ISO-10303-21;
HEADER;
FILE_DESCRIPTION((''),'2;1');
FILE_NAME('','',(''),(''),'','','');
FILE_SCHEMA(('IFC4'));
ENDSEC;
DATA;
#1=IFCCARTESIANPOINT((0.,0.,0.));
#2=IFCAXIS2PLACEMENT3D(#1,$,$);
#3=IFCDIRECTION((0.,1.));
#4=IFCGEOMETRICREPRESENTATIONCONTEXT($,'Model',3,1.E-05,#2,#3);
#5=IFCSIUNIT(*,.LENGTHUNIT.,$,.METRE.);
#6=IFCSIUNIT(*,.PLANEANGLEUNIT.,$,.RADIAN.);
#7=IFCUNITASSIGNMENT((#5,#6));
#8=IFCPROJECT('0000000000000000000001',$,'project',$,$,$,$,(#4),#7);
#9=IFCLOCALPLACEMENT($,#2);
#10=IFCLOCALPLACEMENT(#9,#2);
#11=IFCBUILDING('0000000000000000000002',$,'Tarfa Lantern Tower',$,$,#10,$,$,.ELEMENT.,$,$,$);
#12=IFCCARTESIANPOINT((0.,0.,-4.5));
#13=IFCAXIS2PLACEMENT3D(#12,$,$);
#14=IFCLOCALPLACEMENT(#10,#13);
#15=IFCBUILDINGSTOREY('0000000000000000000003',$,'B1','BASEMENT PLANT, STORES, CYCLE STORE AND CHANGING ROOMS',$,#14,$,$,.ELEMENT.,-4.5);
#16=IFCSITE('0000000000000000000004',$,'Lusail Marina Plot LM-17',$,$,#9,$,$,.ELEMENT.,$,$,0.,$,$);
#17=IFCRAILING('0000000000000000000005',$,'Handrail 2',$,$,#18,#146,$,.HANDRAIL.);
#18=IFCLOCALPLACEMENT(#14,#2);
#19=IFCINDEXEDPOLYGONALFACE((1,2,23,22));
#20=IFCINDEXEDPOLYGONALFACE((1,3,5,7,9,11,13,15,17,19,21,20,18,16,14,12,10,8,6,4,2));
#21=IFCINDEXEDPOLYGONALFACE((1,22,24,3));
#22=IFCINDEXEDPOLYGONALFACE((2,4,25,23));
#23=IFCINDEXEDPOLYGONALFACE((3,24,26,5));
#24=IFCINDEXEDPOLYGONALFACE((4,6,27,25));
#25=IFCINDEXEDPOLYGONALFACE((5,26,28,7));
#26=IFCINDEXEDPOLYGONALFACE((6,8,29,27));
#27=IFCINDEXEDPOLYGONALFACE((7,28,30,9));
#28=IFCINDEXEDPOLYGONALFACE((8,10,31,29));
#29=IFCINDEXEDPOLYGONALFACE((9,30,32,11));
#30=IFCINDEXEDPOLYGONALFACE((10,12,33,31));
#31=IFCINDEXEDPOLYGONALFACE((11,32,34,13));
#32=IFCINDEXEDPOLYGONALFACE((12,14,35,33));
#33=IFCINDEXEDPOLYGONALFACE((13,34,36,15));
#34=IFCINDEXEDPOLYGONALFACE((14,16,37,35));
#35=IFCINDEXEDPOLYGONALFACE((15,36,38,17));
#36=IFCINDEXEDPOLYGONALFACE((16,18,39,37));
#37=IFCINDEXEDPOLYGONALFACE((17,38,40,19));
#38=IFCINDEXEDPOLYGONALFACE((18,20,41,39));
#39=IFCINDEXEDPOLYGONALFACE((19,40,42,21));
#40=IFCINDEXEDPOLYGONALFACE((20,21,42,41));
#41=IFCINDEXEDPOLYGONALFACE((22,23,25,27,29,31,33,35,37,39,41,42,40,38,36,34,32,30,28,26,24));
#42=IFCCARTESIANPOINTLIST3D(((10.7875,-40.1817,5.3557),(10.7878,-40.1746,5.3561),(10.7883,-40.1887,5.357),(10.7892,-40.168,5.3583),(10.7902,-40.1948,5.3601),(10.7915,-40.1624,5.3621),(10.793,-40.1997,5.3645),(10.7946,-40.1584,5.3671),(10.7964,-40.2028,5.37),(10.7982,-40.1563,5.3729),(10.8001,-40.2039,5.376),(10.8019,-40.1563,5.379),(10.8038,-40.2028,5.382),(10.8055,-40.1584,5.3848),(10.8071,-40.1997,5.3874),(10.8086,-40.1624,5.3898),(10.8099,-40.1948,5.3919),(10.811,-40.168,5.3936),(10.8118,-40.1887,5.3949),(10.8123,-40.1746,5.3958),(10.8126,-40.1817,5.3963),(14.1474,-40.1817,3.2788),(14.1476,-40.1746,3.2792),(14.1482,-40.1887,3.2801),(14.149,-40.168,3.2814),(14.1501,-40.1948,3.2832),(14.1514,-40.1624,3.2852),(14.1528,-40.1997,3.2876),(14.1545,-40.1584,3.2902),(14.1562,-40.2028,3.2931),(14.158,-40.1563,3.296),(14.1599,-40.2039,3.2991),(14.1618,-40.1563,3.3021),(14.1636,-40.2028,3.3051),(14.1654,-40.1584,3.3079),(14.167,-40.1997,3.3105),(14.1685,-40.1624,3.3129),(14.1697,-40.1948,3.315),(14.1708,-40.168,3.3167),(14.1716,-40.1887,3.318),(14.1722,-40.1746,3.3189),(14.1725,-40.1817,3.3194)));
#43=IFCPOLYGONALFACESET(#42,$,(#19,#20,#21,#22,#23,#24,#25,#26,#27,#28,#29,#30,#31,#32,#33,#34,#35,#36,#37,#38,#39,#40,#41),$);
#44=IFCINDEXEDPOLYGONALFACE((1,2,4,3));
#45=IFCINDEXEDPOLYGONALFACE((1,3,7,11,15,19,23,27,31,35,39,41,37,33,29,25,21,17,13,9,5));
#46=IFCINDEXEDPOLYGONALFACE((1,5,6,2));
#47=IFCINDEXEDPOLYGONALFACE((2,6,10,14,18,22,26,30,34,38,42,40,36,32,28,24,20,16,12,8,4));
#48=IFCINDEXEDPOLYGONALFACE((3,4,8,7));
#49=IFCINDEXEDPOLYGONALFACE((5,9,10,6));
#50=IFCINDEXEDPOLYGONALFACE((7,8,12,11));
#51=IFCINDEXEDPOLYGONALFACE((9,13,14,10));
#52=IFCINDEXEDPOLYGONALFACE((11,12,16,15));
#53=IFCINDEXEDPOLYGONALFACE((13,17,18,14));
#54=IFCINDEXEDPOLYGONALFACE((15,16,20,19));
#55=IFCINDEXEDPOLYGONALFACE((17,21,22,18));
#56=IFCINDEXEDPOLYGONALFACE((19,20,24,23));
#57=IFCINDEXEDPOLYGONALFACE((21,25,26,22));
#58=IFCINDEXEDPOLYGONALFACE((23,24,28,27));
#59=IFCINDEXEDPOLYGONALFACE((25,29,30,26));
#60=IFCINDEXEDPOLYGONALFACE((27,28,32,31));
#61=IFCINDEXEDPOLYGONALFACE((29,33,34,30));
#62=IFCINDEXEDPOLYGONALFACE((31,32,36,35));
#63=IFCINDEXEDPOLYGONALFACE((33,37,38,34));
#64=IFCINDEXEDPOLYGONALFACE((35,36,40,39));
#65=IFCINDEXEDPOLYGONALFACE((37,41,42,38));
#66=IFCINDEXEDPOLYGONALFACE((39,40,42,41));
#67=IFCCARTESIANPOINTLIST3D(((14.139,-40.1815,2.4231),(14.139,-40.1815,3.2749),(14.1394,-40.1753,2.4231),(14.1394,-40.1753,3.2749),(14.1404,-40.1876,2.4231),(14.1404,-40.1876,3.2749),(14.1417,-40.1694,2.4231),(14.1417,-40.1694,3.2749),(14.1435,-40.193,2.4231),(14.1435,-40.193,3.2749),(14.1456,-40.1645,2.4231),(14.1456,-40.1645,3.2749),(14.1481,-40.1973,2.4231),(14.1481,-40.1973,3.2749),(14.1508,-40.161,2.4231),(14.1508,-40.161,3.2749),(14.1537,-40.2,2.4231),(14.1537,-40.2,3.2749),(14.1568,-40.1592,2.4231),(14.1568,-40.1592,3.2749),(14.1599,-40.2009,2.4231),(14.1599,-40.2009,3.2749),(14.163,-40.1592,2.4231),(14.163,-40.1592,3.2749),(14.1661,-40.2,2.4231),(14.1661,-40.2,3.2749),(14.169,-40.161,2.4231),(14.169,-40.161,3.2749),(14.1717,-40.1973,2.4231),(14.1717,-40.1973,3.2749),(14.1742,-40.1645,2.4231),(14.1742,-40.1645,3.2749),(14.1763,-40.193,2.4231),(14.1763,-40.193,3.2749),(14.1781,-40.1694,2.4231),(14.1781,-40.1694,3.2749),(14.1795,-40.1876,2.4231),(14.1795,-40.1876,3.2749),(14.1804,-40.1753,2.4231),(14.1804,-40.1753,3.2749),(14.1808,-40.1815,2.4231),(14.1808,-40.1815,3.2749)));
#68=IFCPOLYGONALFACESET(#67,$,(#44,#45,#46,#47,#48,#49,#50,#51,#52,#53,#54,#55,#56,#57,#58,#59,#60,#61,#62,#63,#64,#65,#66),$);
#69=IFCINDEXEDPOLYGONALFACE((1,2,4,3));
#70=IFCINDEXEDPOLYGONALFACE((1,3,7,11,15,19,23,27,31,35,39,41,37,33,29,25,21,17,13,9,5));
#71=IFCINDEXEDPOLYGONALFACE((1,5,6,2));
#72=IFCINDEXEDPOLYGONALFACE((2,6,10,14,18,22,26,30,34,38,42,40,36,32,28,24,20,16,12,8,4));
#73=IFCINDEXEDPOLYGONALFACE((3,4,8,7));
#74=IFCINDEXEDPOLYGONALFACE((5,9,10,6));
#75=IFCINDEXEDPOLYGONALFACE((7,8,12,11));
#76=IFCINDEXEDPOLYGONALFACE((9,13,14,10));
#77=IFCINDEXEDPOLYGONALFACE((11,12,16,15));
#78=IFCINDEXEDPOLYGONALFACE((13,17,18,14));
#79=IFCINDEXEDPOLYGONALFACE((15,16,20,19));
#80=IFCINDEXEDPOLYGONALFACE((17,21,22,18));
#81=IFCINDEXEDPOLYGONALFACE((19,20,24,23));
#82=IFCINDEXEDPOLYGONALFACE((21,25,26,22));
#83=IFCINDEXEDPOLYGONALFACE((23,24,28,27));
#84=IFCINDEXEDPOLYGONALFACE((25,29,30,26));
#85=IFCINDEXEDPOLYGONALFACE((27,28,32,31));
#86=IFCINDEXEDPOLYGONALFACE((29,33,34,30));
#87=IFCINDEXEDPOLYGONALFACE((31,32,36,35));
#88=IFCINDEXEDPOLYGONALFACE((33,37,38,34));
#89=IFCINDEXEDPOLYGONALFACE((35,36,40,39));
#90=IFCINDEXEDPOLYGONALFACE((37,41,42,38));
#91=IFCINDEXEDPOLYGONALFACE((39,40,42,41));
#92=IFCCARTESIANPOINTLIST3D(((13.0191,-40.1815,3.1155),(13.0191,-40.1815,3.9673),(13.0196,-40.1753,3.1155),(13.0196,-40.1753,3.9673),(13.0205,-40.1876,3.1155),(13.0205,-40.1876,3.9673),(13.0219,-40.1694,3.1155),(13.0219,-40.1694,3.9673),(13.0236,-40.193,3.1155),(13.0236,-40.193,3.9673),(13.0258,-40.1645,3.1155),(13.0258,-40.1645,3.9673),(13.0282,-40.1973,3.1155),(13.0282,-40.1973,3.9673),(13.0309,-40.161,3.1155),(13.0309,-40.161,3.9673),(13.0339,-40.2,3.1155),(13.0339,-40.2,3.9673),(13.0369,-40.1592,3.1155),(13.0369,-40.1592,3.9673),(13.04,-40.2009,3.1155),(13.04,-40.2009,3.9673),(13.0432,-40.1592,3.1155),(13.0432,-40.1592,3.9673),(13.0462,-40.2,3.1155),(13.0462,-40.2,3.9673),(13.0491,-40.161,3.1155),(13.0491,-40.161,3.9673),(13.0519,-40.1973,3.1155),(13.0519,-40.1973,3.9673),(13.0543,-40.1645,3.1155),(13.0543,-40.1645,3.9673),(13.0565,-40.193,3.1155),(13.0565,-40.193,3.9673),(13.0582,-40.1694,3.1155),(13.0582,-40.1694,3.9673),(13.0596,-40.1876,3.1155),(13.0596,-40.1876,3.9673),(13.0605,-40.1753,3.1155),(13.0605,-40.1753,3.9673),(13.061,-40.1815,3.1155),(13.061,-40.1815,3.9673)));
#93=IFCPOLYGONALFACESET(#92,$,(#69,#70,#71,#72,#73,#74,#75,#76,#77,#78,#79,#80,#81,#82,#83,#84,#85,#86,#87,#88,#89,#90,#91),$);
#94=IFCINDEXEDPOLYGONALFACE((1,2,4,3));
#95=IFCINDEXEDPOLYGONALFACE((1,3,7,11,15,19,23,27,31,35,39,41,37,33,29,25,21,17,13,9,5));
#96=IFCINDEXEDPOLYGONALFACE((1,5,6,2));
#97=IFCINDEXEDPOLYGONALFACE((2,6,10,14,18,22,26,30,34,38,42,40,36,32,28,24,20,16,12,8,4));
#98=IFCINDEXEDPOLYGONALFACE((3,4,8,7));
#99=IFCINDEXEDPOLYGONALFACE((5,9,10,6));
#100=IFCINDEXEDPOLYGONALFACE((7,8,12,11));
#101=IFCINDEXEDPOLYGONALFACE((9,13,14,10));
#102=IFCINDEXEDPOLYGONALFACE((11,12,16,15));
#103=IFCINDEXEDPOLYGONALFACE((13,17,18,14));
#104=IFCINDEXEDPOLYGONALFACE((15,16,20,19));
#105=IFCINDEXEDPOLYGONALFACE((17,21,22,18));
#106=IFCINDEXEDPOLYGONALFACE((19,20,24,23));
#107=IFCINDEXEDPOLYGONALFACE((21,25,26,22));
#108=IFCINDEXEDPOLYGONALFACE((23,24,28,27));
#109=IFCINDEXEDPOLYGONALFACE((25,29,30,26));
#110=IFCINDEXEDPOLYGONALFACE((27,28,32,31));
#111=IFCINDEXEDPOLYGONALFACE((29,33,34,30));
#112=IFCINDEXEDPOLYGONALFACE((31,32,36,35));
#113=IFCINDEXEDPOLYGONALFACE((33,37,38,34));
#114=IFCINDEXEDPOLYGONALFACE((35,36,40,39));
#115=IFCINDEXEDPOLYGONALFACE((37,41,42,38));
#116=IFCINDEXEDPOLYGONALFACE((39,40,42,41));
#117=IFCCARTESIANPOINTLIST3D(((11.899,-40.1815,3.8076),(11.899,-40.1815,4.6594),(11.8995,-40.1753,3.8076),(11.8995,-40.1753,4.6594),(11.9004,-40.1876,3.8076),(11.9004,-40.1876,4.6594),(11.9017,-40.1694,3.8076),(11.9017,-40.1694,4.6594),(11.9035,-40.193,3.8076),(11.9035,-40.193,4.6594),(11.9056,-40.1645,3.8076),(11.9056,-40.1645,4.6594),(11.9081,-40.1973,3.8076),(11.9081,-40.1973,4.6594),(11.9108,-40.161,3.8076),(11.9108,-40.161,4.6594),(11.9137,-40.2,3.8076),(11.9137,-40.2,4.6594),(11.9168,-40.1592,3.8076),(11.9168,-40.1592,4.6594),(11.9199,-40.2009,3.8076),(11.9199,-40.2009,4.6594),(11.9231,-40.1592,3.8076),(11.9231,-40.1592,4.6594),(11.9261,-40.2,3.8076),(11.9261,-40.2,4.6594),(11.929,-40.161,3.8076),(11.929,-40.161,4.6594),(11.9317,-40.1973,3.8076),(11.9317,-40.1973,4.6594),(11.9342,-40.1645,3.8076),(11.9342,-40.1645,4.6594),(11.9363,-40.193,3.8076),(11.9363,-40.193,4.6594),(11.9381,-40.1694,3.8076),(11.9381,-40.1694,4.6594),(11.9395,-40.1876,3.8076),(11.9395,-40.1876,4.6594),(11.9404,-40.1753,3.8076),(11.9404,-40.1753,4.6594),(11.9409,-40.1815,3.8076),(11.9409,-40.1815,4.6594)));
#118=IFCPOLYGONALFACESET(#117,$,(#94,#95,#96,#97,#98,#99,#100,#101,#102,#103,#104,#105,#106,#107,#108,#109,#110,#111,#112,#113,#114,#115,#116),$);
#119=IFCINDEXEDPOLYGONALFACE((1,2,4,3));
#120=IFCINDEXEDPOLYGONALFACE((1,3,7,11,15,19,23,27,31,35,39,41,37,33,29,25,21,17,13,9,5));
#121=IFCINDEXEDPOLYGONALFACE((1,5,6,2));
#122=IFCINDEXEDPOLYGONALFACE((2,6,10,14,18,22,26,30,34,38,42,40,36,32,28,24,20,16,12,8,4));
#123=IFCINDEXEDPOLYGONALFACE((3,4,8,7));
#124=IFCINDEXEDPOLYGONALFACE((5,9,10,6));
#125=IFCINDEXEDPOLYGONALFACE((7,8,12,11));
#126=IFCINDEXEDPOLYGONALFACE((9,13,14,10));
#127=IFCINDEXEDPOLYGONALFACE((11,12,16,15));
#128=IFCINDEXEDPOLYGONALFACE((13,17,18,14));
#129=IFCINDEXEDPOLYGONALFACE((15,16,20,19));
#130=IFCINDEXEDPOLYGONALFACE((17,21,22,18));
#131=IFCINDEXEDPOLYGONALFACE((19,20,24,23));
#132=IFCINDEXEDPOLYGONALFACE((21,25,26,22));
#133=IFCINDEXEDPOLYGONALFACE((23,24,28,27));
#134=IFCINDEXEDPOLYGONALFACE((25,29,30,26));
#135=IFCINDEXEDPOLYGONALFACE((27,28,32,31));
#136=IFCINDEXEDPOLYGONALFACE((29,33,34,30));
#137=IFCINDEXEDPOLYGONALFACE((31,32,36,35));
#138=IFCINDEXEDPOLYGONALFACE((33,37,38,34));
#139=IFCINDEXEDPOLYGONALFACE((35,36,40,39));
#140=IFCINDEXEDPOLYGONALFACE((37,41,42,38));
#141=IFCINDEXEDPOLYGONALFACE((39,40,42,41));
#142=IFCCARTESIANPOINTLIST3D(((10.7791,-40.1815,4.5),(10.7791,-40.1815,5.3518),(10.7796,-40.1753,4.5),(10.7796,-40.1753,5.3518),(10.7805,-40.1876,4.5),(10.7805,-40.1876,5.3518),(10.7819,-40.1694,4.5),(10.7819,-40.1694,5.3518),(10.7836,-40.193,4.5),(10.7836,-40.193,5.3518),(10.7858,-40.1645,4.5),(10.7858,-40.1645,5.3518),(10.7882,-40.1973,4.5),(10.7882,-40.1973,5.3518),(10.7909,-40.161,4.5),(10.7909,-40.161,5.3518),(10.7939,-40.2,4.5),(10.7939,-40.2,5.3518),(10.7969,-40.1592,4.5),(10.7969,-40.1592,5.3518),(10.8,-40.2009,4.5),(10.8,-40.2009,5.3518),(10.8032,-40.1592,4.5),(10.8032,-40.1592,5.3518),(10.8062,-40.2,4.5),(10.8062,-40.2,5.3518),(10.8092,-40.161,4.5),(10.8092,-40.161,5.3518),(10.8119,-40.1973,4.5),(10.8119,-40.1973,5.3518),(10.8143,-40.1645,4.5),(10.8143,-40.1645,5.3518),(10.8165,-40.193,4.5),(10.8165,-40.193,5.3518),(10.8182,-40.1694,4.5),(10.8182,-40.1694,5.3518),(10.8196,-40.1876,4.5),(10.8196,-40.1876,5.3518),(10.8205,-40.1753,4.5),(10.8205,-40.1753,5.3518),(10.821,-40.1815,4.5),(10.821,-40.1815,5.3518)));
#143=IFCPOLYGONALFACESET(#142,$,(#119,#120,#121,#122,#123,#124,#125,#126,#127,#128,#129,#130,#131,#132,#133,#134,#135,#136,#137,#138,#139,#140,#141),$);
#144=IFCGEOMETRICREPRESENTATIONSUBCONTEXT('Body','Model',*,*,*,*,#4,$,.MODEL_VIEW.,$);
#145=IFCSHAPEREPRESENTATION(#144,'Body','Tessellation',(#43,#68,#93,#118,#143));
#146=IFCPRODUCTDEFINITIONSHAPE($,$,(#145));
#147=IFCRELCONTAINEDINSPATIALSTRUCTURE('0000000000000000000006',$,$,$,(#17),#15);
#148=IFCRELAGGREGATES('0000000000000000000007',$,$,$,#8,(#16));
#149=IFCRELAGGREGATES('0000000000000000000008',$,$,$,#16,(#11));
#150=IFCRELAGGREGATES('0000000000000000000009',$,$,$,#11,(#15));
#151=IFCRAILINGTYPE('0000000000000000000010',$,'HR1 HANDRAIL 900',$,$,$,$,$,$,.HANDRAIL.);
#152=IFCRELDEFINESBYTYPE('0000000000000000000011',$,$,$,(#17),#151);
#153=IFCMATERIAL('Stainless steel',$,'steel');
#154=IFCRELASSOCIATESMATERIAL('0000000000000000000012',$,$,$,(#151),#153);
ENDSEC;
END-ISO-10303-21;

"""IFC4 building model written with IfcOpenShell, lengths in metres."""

from ifc_helpers import new_model, si_unit, direction, frame, origin, origin_2d, place, context, subcontext, project, spatial, circle, extrude, material, type_object, element, save


model = new_model("IFC4")

# Units and contexts
model_context = context("Model", 3, precision=1e-05, world=origin(), true_north=direction((0.0, 1.0)))
body_context = subcontext(model_context, "Body", "Model", "MODEL_VIEW")
ifc_project = project(units=[si_unit("LENGTHUNIT", "METRE"), si_unit("PLANEANGLEUNIT", "RADIAN")], contexts=[model_context])

# Site, building, storey
site_placement = place(None, origin())
site = spatial("IfcSite", under=ifc_project, at=site_placement, Name="Lusail Marina Plot LM-17", CompositionType="ELEMENT", RefElevation=0.0)
building_placement = place(site_placement, origin())
building = spatial("IfcBuilding", under=site, at=building_placement, Name="Tarfa Lantern Tower", CompositionType="ELEMENT")
storey_placement = place(building_placement, frame((0.0, 0.0, -4.5)))
storey = spatial("IfcBuildingStorey", under=building, at=storey_placement, Name="B1", Description="BASEMENT PLANT, STORES, CYCLE STORE AND CHANGING ROOMS", CompositionType="ELEMENT", Elevation=-4.5)

# Railing
ifc_material_1 = material(Name="Stainless steel", Category="steel")
railing_type = type_object("IfcRailingType", Name="HR1 HANDRAIL 900", PredefinedType="HANDRAIL", material=ifc_material_1)
railing_1_placement = place(storey_placement, frame((14.1599, -40.1799, 2.4231)))
element("IfcRailing", 1, at=railing_1_placement, inside=storey, type_object=railing_type, Name="Handrail 2", PredefinedType="HANDRAIL", context=body_context, shape_type="SweptSolid", body=[
    extrude(circle(Radius=0.0239, at=origin_2d()), frame((0.0, 0.0, 0.876), z_axis=(-0.850606, 0.0, 0.525803), x_axis=(0.0, -1.0, 0.0)), (0.0, 0.0, 1.0), 3.95),
    extrude(circle(Radius=0.021, at=origin_2d()), frame((0.0, 0.0, 0.0), z_axis=(0.0, 0.0, 1.0), x_axis=(0.0, -1.0, 0.0)), (0.0, 0.0, 1.0), 0.8518),
    extrude(circle(Radius=0.021, at=origin_2d()), frame((-1.1199, 0.0, 0.6924), z_axis=(0.0, 0.0, 1.0), x_axis=(0.0, -1.0, 0.0)), (0.0, 0.0, 1.0), 0.8518),
    extrude(circle(Radius=0.021, at=origin_2d()), frame((-2.24, 0.0, 1.3845), z_axis=(0.0, 0.0, 1.0), x_axis=(0.0, -1.0, 0.0)), (0.0, 0.0, 1.0), 0.8518),
    extrude(circle(Radius=0.021, at=origin_2d()), frame((-3.3599, 0.0, 2.0769), z_axis=(0.0, 0.0, 1.0), x_axis=(0.0, -1.0, 0.0)), (0.0, 0.0, 1.0), 0.8518),
])

save(model, "model.ifc")
